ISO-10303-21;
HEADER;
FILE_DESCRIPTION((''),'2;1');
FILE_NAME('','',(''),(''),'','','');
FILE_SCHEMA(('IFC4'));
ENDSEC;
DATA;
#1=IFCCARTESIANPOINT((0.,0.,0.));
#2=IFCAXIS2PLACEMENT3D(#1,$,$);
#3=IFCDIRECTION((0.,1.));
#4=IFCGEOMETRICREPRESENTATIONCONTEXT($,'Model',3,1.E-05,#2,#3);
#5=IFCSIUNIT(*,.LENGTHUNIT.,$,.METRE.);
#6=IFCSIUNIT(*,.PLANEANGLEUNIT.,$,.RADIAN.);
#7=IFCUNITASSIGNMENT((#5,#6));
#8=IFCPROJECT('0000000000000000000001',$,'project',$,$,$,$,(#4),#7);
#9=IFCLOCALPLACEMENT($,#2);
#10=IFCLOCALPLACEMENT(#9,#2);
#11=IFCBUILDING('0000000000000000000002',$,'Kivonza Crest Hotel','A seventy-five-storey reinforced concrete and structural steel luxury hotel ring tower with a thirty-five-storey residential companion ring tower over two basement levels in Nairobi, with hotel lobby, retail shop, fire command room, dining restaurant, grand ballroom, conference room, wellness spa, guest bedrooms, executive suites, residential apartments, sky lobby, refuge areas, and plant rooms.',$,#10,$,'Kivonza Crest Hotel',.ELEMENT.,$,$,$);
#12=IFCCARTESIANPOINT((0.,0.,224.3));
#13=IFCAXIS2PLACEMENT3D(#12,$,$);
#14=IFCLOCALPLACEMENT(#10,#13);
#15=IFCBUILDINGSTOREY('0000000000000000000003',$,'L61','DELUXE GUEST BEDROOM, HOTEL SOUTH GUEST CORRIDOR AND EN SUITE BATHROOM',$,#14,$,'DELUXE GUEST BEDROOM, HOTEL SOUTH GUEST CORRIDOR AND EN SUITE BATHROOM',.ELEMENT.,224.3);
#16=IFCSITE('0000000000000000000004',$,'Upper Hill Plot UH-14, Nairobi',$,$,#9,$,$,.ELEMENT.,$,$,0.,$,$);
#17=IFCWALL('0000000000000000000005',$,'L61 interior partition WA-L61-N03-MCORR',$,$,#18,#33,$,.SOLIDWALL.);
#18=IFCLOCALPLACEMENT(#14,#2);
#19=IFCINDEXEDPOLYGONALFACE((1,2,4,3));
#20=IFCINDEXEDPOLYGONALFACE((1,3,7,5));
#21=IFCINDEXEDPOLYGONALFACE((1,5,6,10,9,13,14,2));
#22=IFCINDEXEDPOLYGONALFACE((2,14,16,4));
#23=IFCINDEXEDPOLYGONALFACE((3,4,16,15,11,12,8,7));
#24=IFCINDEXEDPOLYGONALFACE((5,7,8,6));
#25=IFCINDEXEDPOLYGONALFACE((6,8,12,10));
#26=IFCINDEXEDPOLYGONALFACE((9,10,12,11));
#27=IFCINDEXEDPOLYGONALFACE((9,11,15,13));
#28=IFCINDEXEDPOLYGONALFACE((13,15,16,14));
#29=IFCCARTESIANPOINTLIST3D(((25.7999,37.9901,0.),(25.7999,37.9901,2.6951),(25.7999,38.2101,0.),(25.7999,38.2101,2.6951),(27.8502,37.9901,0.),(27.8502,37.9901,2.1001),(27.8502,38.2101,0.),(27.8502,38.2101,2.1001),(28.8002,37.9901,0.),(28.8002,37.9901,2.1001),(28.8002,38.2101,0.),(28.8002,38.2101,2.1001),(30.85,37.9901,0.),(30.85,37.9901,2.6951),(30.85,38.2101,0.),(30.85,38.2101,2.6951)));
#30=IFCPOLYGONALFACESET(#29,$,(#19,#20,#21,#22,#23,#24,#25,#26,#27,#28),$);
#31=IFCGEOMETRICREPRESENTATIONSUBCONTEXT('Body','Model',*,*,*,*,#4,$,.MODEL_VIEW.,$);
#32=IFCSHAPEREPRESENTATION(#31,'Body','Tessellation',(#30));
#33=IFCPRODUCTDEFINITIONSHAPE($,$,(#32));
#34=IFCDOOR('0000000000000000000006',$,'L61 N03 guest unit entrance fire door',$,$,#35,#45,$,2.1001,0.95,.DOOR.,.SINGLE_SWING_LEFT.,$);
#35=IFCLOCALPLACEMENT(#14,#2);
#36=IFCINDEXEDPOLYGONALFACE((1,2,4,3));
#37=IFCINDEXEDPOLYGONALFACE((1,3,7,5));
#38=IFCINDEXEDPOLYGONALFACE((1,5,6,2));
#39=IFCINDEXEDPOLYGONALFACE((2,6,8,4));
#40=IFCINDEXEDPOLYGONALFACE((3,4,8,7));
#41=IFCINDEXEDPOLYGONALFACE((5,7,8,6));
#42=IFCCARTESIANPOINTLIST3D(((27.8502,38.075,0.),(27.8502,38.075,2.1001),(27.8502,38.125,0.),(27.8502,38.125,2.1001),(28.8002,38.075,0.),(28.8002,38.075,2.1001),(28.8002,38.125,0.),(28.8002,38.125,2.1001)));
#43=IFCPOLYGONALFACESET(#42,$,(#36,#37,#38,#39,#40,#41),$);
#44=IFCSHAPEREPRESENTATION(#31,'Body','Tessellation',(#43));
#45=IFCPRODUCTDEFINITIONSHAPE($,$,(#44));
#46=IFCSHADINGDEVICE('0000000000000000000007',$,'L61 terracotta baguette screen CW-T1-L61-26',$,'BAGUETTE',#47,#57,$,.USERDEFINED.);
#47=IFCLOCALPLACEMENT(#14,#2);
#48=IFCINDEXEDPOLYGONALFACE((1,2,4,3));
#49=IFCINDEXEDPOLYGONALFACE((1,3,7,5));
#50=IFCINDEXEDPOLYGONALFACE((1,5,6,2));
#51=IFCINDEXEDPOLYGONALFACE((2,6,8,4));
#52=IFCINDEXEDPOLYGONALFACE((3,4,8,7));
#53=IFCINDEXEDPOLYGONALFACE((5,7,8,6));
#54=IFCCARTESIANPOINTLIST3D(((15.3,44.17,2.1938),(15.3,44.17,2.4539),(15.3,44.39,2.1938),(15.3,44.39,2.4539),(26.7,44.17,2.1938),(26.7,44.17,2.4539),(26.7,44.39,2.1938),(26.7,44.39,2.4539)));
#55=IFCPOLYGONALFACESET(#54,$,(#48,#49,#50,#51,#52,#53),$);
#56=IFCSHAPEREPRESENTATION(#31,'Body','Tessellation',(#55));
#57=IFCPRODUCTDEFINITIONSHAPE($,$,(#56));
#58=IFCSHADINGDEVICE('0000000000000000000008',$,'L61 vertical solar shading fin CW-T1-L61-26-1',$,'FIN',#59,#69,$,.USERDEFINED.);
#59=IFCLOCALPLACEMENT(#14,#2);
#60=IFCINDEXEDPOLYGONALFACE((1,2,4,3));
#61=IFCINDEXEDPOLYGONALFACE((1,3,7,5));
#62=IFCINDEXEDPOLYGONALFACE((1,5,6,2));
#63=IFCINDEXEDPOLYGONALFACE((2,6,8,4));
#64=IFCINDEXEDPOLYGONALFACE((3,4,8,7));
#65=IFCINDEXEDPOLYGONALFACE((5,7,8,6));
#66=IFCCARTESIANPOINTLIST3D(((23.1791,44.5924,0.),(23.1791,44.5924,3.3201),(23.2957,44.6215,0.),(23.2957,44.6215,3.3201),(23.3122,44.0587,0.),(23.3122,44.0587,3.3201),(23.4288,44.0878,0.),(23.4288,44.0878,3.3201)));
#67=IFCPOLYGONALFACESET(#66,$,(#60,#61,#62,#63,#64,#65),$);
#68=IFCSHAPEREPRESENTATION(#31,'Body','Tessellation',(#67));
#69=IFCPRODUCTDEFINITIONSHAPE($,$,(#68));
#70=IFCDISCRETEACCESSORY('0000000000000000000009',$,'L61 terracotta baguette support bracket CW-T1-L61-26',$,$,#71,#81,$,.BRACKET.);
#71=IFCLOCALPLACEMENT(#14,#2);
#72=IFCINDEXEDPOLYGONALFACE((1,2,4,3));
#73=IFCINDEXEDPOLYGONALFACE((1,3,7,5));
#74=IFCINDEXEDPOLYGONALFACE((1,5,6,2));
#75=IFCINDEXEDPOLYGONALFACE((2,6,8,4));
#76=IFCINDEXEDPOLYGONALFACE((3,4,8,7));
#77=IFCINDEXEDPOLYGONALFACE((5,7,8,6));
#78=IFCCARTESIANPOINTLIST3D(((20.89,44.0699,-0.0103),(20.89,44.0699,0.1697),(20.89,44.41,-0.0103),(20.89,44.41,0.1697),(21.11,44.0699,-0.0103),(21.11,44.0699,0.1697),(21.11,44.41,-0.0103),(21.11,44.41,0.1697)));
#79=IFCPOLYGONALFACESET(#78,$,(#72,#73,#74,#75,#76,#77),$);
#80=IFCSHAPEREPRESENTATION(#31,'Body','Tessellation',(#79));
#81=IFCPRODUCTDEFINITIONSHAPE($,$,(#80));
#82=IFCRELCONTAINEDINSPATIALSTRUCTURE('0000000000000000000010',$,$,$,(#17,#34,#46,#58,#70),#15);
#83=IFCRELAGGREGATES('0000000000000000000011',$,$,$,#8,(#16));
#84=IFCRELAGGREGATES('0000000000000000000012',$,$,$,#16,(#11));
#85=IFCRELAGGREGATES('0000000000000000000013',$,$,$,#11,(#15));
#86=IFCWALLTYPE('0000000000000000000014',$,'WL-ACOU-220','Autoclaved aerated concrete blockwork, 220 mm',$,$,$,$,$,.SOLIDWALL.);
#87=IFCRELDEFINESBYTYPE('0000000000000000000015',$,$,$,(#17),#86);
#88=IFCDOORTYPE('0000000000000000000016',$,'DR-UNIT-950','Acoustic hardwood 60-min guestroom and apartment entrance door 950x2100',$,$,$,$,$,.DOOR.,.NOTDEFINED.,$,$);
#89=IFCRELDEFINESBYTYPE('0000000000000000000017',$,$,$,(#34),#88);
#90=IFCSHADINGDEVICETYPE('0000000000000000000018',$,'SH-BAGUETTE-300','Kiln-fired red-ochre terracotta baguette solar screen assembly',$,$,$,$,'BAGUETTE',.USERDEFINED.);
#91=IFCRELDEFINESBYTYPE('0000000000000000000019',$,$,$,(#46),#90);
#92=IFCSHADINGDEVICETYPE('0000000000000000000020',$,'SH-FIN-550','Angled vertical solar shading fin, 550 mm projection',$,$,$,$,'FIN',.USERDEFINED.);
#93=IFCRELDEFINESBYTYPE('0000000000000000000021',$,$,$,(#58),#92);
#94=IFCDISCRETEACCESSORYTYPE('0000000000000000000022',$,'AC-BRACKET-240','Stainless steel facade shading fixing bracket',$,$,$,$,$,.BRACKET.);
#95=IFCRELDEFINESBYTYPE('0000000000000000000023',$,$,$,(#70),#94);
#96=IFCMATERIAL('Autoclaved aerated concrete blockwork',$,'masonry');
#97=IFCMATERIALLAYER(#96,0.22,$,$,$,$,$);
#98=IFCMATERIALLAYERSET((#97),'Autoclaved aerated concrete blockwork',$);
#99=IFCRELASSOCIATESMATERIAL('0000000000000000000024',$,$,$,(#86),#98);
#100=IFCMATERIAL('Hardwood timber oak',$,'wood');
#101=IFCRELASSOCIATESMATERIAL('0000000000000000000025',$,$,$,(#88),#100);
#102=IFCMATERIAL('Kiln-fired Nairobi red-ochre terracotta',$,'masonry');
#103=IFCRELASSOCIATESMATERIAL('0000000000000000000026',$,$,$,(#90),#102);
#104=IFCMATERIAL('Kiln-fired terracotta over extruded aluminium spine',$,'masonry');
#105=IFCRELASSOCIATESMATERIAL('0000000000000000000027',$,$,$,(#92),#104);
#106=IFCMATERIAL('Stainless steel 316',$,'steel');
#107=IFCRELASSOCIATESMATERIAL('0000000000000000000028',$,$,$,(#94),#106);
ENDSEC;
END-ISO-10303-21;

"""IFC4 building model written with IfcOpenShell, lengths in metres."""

from ifc_helpers import new_model, si_unit, direction, frame, frame_2d, origin, origin_2d, place, context, subcontext, project, spatial, rectangle, extrude, material, layer, layer_set, type_object, element, fill, save


model = new_model("IFC4")

# Units and contexts
model_context = context("Model", 3, precision=1e-05, world=origin(), true_north=direction((0.0, 1.0)))
body_context = subcontext(model_context, "Body", "Model", "MODEL_VIEW")
ifc_project = project(units=[si_unit("LENGTHUNIT", "METRE"), si_unit("PLANEANGLEUNIT", "RADIAN")], contexts=[model_context])

# Site, building, storey
site_placement = place(None, origin())
site = spatial("IfcSite", under=ifc_project, at=site_placement, Name="Upper Hill Plot UH-14, Nairobi", CompositionType="ELEMENT", RefElevation=0.0)
building_placement = place(site_placement, origin())
building = spatial("IfcBuilding", under=site, at=building_placement, Name="Kivonza Crest Hotel", Description="A seventy-five-storey reinforced concrete and structural steel luxury hotel ring tower with a thirty-five-storey residential companion ring tower over two basement levels in Nairobi, with hotel lobby, retail shop, fire command room, dining restaurant, grand ballroom, conference room, wellness spa, guest bedrooms, executive suites, residential apartments, sky lobby, refuge areas, and plant rooms.", LongName="Kivonza Crest Hotel", CompositionType="ELEMENT")
storey_placement = place(building_placement, frame((0.0, 0.0, 224.3)))
storey = spatial("IfcBuildingStorey", under=building, at=storey_placement, Name="L61", Description="DELUXE GUEST BEDROOM, HOTEL SOUTH GUEST CORRIDOR AND EN SUITE BATHROOM", LongName="DELUXE GUEST BEDROOM, HOTEL SOUTH GUEST CORRIDOR AND EN SUITE BATHROOM", CompositionType="ELEMENT", Elevation=224.3)

# Shared definitions
ifc_material_1 = material(Name="Autoclaved aerated concrete blockwork", Category="masonry")
ifc_layer_1 = layer(ifc_material_1, 0.22)
ifc_layer_set_1 = layer_set([ifc_layer_1], Name="Autoclaved aerated concrete blockwork")
wall_type_1 = type_object("IfcWallType", Name="WL-ACOU-220", Description="Autoclaved aerated concrete blockwork, 220 mm", PredefinedType="SOLIDWALL", material=ifc_layer_set_1)

# Wall, opening, door
wall_1_placement = place(storey_placement, frame((25.8, 38.1001, 0.0), z_axis=(0.0, 0.0, 1.0), x_axis=(1.0, 0.0, 0.0)))
wall_1 = element("IfcWall", 1, at=wall_1_placement, inside=storey, type_object=wall_type_1, Name="L61 interior partition WA-L61-N03-MCORR", PredefinedType="SOLIDWALL", context=body_context, shape_type="SweptSolid", body=[
    extrude(rectangle(XDim=5.05, YDim=0.22, at=frame_2d((2.5249, 0.0))), origin(), (0.0, 0.0, 1.0), 2.6951),
])
opening_placement = place(wall_1_placement, frame((2.05, 0.0, 0.0)))
opening = element("IfcOpeningElement", 2, at=opening_placement, cuts=wall_1, PredefinedType="OPENING", context=body_context, shape_type="SweptSolid", body=[
    extrude(rectangle(XDim=0.95, YDim=2.1001, at=frame_2d((0.4751, 1.05))), frame((0.0, 0.1201, 0.0), z_axis=(0.0, -1.0, 0.0), x_axis=(1.0, 0.0, 0.0)), (0.0, 0.0, 1.0), 0.24),
])
ifc_material_2 = material(Name="Hardwood timber oak", Category="wood")
door_type = type_object("IfcDoorType", Name="DR-UNIT-950", Description="Acoustic hardwood 60-min guestroom and apartment entrance door 950x2100", OperationType="NOTDEFINED", PredefinedType="DOOR", material=ifc_material_2)
door_placement = place(opening_placement, origin())
door = element("IfcDoor", 3, at=door_placement, inside=storey, type_object=door_type, Name="L61 N03 guest unit entrance fire door", OperationType="SINGLE_SWING_LEFT", OverallHeight=2.1001, OverallWidth=0.95, PredefinedType="DOOR", context=body_context, shape_type="SweptSolid", body=[
    extrude(rectangle(XDim=0.95, YDim=2.1001, at=frame_2d((0.4751, 1.05))), frame((0.0, 0.0249, 0.0), z_axis=(0.0, -1.0, 0.0), x_axis=(1.0, 0.0, 0.0)), (0.0, 0.0, 1.0), 0.05),
])
fill(opening, door)

# Shading devices
ifc_material_3 = material(Name="Kiln-fired Nairobi red-ochre terracotta", Category="masonry")
shading_device_type_1 = type_object("IfcShadingDeviceType", Name="SH-BAGUETTE-300", Description="Kiln-fired red-ochre terracotta baguette solar screen assembly", ElementType="BAGUETTE", PredefinedType="USERDEFINED", material=ifc_material_3)
shading_device_1_placement = place(storey_placement, frame((21.0, 44.28, 2.1938), z_axis=(0.0, 0.0, 1.0), x_axis=(-1.0, 0.0, 0.0)))
element("IfcShadingDevice", 4, at=shading_device_1_placement, inside=storey, type_object=shading_device_type_1, Name="L61 terracotta baguette screen CW-T1-L61-26", ObjectType="BAGUETTE", PredefinedType="USERDEFINED", context=body_context, shape_type="SweptSolid", body=[
    extrude(rectangle(XDim=11.3999, YDim=0.22, at=origin_2d()), origin(), (0.0, 0.0, 1.0), 0.26),
])
ifc_material_4 = material(Name="Kiln-fired terracotta over extruded aluminium spine", Category="masonry")
shading_device_type_2 = type_object("IfcShadingDeviceType", Name="SH-FIN-550", Description="Angled vertical solar shading fin, 550 mm projection", ElementType="FIN", PredefinedType="USERDEFINED", material=ifc_material_4)
shading_device_2_placement = place(storey_placement, frame((23.304, 44.3401, 0.0), z_axis=(0.0, 0.0, 1.0), x_axis=(-0.970296, -0.241922, 0.0)))
element("IfcShadingDevice", 5, at=shading_device_2_placement, inside=storey, type_object=shading_device_type_2, Name="L61 vertical solar shading fin CW-T1-L61-26-1", ObjectType="FIN", PredefinedType="USERDEFINED", context=body_context, shape_type="SweptSolid", body=[
    extrude(rectangle(XDim=0.1201, YDim=0.55, at=origin_2d()), origin(), (0.0, 0.0, 1.0), 3.3201),
])

# Discrete accessory
ifc_material_5 = material(Name="Stainless steel 316", Category="steel")
discrete_accessory_type = type_object("IfcDiscreteAccessoryType", Name="AC-BRACKET-240", Description="Stainless steel facade shading fixing bracket", PredefinedType="BRACKET", material=ifc_material_5)
discrete_accessory_placement = place(storey_placement, frame((21.0, 44.24, -0.0103), z_axis=(0.0, 0.0, 1.0), x_axis=(-1.0, 0.0, 0.0)))
element("IfcDiscreteAccessory", 6, at=discrete_accessory_placement, inside=storey, type_object=discrete_accessory_type, Name="L61 terracotta baguette support bracket CW-T1-L61-26", PredefinedType="BRACKET", context=body_context, shape_type="SweptSolid", body=[
    extrude(rectangle(XDim=0.22, YDim=0.3401, at=origin_2d()), origin(), (0.0, 0.0, 1.0), 0.1799),
])

save(model, "model.ifc")
